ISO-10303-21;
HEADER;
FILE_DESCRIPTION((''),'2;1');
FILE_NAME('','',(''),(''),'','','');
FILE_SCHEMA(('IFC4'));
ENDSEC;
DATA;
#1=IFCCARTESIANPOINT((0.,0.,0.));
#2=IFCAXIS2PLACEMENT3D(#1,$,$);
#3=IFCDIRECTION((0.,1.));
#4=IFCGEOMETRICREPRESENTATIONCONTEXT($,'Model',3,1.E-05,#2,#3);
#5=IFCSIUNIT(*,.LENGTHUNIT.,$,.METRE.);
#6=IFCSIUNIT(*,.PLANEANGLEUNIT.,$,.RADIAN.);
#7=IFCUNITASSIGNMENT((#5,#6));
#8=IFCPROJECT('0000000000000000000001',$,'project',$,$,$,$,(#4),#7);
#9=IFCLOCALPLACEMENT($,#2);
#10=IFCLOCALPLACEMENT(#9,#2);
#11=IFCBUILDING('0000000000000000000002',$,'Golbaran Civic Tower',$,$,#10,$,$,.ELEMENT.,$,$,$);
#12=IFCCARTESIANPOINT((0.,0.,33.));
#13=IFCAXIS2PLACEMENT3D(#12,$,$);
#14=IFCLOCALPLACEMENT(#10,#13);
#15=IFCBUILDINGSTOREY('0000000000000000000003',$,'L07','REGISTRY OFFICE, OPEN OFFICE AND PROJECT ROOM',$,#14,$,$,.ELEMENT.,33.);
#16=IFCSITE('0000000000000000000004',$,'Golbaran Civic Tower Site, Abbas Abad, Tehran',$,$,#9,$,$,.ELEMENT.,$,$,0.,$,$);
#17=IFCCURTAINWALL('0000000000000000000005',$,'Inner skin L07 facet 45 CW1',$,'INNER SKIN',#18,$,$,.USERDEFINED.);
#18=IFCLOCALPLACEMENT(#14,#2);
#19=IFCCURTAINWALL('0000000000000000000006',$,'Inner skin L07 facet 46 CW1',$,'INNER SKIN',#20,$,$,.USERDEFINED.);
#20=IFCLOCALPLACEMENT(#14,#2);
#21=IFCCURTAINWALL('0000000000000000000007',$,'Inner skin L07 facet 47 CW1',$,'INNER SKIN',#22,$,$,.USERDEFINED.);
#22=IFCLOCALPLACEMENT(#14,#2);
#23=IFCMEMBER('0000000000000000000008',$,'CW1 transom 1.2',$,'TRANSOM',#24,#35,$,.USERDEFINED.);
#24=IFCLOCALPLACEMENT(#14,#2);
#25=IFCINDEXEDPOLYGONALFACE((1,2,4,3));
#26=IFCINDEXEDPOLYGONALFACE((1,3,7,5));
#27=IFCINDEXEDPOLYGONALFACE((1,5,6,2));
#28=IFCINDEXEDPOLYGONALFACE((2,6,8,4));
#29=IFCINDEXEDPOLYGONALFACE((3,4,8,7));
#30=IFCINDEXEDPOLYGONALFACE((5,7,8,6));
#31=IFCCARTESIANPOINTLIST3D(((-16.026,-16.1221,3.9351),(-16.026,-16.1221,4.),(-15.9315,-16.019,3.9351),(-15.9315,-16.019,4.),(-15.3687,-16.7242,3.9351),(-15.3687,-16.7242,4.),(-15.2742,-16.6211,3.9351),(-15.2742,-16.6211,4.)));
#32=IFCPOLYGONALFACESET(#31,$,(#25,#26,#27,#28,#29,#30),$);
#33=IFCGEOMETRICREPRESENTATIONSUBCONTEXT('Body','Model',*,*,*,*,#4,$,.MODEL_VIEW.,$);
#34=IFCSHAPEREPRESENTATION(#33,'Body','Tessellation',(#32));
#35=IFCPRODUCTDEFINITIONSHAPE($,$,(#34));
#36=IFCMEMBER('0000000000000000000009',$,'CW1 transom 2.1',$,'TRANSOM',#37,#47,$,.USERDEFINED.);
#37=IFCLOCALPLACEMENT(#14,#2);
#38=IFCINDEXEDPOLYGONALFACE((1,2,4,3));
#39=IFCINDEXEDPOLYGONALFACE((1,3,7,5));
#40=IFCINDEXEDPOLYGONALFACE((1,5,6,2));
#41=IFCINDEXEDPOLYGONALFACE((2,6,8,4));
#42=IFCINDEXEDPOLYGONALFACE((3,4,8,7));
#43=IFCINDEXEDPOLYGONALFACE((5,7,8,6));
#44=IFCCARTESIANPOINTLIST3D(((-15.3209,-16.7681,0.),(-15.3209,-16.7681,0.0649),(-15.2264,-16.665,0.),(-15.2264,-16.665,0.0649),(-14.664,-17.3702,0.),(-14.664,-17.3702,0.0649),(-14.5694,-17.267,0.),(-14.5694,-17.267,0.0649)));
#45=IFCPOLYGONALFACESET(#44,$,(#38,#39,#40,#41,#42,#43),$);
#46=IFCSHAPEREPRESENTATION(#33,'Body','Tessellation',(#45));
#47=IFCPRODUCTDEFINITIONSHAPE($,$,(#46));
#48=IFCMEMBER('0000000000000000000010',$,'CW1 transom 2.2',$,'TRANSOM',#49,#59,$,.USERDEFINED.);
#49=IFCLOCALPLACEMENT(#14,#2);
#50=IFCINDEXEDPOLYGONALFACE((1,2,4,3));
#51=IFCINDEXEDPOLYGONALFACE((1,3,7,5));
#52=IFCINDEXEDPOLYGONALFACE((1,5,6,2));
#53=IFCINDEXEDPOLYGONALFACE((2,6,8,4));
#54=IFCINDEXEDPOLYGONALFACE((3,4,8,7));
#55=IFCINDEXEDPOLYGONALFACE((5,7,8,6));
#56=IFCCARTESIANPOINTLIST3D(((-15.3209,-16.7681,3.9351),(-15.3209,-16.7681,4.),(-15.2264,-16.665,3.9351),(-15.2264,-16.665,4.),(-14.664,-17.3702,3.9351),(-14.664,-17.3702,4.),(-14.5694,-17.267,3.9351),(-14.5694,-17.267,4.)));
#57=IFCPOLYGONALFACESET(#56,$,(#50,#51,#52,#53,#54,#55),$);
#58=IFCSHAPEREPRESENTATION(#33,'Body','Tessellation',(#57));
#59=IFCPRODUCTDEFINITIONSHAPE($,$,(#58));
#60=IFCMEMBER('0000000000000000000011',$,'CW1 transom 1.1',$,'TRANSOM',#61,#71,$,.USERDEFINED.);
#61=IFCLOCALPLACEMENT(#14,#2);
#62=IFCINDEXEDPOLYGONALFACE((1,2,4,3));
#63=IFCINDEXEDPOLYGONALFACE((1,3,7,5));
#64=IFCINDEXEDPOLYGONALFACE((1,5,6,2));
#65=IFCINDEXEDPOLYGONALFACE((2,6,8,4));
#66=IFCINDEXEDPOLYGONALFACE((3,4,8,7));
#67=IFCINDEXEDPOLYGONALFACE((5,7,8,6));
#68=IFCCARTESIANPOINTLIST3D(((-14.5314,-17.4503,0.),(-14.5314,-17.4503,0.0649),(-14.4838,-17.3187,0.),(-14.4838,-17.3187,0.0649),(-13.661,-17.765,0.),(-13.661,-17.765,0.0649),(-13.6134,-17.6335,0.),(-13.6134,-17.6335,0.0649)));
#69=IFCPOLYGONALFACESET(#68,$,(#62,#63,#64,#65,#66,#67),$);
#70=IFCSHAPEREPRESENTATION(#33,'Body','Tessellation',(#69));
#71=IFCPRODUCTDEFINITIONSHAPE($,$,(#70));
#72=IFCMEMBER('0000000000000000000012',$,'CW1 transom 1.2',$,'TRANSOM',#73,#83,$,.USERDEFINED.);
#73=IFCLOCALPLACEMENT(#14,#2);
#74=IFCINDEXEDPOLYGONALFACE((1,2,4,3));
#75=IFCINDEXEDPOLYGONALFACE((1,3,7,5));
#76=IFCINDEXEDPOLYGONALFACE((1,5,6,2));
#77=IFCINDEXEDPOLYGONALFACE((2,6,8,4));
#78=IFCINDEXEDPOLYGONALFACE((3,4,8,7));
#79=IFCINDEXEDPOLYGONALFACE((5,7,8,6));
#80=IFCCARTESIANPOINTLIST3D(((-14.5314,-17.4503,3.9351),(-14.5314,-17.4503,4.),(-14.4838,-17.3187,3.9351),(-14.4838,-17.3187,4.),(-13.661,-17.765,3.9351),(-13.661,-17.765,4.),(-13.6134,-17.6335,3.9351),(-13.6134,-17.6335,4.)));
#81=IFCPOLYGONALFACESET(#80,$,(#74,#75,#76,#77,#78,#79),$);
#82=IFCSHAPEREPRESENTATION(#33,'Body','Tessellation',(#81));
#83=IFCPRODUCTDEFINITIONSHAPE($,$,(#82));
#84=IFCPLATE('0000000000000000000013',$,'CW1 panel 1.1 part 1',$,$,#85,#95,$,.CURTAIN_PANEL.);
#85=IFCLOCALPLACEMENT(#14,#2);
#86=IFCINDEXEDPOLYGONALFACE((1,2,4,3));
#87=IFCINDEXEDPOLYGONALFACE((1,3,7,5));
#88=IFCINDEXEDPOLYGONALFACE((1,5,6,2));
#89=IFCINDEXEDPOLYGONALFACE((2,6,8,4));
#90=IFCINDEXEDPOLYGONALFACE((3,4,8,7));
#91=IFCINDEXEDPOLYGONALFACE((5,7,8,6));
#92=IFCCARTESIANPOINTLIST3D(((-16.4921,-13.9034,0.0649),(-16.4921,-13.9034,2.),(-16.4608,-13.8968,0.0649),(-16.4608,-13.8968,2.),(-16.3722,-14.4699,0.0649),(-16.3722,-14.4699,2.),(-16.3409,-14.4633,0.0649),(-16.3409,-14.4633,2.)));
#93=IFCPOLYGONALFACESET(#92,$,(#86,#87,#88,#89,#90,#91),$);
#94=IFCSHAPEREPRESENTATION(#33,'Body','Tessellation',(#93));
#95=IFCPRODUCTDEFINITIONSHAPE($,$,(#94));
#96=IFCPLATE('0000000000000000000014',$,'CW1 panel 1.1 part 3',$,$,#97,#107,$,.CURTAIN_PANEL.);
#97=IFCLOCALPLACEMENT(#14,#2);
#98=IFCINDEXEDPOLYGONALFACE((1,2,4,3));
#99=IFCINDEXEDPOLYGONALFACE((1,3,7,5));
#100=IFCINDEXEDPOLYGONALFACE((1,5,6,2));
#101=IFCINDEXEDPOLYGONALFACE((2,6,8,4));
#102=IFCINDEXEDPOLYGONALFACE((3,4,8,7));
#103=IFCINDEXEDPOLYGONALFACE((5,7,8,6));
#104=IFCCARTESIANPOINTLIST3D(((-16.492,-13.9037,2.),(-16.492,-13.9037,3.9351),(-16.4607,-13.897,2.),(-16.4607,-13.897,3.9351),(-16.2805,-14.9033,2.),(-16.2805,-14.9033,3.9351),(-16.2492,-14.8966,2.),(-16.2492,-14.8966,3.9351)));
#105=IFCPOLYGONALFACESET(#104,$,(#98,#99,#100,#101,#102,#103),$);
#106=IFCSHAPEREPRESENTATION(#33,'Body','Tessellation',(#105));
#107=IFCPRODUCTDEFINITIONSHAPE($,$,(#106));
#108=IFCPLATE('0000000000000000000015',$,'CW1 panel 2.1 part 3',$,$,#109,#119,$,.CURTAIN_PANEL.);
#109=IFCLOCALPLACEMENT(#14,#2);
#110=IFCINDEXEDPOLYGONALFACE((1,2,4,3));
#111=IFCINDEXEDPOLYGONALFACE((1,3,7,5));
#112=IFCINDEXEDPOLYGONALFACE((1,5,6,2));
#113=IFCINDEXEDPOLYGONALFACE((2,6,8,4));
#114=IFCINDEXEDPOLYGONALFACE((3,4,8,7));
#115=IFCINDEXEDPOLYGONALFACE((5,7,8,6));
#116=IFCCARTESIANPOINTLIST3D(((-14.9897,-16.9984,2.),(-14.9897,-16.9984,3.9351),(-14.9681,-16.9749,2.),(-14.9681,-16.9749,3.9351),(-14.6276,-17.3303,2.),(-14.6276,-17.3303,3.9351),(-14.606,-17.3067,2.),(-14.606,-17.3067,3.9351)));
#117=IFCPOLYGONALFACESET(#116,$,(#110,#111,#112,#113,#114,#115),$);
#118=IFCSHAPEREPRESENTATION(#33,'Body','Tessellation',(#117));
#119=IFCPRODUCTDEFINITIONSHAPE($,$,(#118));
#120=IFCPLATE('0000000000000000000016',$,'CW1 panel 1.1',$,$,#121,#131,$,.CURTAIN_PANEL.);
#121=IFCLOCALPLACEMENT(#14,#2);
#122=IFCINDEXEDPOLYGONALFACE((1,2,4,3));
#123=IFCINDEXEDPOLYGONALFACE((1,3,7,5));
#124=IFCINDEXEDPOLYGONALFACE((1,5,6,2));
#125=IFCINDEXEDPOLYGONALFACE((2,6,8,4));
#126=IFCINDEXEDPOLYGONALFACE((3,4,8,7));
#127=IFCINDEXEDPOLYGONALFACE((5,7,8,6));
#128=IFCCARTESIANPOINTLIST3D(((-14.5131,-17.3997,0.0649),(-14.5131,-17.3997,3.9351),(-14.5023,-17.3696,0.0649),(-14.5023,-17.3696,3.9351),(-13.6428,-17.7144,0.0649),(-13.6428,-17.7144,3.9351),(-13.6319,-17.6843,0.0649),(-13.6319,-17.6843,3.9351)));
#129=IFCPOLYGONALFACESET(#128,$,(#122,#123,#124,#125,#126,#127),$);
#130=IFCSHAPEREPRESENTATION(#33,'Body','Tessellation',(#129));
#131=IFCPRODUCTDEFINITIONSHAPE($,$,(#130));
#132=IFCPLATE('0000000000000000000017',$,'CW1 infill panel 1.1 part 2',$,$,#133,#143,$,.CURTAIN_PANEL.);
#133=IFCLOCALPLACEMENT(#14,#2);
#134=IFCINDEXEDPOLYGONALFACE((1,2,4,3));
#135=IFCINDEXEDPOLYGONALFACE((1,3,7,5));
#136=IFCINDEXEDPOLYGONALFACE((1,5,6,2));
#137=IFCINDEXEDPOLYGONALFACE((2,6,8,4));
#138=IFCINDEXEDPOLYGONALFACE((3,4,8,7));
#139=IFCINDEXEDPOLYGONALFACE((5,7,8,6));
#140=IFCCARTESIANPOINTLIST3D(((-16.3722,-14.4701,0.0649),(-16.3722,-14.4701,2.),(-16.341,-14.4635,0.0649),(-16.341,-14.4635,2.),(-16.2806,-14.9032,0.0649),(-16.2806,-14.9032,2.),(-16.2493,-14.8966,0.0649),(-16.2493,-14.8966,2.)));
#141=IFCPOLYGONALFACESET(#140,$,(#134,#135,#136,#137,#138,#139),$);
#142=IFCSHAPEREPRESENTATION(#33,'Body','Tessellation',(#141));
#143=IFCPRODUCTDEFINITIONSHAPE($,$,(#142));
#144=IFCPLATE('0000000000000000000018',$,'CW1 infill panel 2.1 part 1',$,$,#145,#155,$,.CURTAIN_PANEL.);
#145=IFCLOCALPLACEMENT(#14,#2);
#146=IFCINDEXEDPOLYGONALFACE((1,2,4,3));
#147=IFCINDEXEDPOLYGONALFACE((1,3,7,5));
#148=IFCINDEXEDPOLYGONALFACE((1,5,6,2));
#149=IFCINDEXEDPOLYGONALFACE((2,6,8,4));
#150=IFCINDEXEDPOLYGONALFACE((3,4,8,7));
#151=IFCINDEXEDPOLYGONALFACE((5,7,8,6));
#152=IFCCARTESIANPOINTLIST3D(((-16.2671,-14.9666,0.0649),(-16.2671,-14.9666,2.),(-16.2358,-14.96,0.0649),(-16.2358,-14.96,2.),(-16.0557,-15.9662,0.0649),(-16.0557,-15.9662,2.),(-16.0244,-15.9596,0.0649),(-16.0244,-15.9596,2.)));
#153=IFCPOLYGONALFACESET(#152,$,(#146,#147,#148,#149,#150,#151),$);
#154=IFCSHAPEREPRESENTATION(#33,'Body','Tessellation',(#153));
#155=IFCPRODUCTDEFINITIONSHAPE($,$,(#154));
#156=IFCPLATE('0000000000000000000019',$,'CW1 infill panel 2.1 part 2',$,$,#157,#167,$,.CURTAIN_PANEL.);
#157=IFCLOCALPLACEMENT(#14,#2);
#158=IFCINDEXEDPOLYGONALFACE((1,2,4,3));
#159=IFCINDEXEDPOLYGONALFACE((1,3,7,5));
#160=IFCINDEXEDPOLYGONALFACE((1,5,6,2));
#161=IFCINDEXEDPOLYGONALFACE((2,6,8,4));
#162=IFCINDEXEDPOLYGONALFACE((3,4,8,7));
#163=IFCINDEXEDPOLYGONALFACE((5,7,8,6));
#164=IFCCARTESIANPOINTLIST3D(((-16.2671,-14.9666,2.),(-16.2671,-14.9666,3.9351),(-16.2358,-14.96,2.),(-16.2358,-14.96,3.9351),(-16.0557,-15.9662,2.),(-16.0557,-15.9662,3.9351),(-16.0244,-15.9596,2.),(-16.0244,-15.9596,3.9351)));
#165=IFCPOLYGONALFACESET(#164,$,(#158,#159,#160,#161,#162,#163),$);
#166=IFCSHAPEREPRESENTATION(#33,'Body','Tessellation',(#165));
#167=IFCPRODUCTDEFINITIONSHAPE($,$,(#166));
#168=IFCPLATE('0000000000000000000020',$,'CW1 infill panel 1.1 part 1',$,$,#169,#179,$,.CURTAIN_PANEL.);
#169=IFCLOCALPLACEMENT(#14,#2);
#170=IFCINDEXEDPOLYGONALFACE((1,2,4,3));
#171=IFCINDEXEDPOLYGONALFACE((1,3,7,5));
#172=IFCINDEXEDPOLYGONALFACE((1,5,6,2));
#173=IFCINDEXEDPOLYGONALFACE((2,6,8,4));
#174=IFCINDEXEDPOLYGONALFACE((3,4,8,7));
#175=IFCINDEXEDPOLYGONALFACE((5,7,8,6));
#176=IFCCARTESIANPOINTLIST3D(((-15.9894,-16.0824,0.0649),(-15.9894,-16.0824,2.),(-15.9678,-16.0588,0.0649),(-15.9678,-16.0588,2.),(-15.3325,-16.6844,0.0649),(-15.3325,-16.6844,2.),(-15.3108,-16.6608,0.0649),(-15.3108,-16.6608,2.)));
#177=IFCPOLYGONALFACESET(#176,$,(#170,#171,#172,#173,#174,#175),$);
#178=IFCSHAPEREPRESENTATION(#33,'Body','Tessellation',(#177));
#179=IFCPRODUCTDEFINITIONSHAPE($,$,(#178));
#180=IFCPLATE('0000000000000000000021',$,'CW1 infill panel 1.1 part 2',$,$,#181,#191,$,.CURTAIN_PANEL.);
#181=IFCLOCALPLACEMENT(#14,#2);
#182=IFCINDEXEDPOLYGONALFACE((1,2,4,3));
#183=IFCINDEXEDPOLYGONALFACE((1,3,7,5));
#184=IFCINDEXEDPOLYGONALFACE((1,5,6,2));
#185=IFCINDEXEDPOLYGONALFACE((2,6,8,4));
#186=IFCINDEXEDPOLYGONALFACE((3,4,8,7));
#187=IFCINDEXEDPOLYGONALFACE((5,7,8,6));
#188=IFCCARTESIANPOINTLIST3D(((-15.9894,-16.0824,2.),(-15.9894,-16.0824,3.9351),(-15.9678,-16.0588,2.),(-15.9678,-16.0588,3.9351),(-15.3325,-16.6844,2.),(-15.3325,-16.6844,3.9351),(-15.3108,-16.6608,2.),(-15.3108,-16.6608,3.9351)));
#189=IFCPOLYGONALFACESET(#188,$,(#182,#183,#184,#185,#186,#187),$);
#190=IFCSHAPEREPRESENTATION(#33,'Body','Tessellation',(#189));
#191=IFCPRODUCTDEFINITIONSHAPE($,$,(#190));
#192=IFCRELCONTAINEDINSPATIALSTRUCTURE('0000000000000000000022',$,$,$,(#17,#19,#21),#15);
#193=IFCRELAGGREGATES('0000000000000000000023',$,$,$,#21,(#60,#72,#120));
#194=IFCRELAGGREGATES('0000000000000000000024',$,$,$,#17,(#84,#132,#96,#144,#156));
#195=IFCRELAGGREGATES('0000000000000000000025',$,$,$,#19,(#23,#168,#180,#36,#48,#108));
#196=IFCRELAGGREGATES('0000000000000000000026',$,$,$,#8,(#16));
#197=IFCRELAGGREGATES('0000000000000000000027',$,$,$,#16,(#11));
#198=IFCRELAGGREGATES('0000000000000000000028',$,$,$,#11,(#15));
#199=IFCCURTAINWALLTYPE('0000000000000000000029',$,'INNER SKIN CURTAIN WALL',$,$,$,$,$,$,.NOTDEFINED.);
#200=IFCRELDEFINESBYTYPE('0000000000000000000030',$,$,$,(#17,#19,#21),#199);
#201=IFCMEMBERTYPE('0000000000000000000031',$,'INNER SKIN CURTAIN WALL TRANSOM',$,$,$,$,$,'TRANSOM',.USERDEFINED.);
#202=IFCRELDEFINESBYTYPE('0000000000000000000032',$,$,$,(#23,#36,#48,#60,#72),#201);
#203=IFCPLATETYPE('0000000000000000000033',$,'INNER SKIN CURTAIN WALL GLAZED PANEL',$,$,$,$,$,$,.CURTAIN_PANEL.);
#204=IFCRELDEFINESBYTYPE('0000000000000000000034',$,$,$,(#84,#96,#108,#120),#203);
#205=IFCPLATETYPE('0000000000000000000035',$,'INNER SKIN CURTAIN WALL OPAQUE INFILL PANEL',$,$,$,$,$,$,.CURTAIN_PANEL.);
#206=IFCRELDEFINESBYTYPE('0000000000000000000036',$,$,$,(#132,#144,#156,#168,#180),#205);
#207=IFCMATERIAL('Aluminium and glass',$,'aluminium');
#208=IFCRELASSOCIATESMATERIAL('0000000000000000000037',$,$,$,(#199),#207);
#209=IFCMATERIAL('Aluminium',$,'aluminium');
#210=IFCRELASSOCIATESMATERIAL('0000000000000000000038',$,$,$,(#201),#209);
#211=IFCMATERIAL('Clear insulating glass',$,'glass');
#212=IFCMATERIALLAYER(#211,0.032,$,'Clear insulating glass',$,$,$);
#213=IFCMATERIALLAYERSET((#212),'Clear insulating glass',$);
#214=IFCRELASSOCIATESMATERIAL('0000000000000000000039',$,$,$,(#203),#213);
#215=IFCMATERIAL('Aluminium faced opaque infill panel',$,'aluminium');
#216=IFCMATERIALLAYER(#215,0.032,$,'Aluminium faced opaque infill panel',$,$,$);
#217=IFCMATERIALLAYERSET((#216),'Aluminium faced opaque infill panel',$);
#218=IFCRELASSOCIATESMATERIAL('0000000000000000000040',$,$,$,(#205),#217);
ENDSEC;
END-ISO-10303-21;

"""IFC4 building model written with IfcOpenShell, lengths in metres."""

from ifc_helpers import new_model, si_unit, direction, frame, origin, origin_2d, place, context, subcontext, project, spatial, rectangle, extrude, material, layer, layer_set, material_profile, profile_set, type_object, element, aggregate, save


model = new_model("IFC4")

# Units and contexts
model_context = context("Model", 3, precision=1e-05, world=origin(), true_north=direction((0.0, 1.0)))
body_context = subcontext(model_context, "Body", "Model", "MODEL_VIEW")
ifc_project = project(units=[si_unit("LENGTHUNIT", "METRE"), si_unit("PLANEANGLEUNIT", "RADIAN")], contexts=[model_context])

# Site, building, storey
site_placement = place(None, origin())
site = spatial("IfcSite", under=ifc_project, at=site_placement, Name="Golbaran Civic Tower Site, Abbas Abad, Tehran", CompositionType="ELEMENT", RefElevation=0.0)
building_placement = place(site_placement, origin())
building = spatial("IfcBuilding", under=site, at=building_placement, Name="Golbaran Civic Tower", CompositionType="ELEMENT")
storey_placement = place(building_placement, frame((0.0, 0.0, 33.0)))
storey = spatial("IfcBuildingStorey", under=building, at=storey_placement, Name="L07", Description="REGISTRY OFFICE, OPEN OFFICE AND PROJECT ROOM", CompositionType="ELEMENT", Elevation=33.0)

# Curtain walls
ifc_material_1 = material(Name="Aluminium and glass", Category="aluminium")
curtain_wall_type = type_object("IfcCurtainWallType", Name="INNER SKIN CURTAIN WALL", PredefinedType="NOTDEFINED", material=ifc_material_1)
curtain_wall_1_placement = place(storey_placement, origin())
curtain_wall_1 = element("IfcCurtainWall", 1, at=curtain_wall_1_placement, inside=storey, type_object=curtain_wall_type, Name="Inner skin L07 facet 45 CW1", ObjectType="INNER SKIN", PredefinedType="USERDEFINED")
ifc_material_2 = material(Name="Aluminium", Category="aluminium")
curtain_wall_2_placement = place(storey_placement, origin())
curtain_wall_2 = element("IfcCurtainWall", 2, at=curtain_wall_2_placement, inside=storey, type_object=curtain_wall_type, Name="Inner skin L07 facet 46 CW1", ObjectType="INNER SKIN", PredefinedType="USERDEFINED")

# Curtain wall
curtain_wall_3_placement = place(storey_placement, origin())
curtain_wall_3 = element("IfcCurtainWall", 3, at=curtain_wall_3_placement, inside=storey, type_object=curtain_wall_type, Name="Inner skin L07 facet 47 CW1", ObjectType="INNER SKIN", PredefinedType="USERDEFINED")

# Members
ifc_material_profile_1 = material_profile(ifc_material_2, rectangle(XDim=0.1399, YDim=0.0649, at=origin_2d()), Name="INNER SKIN CURTAIN WALL TRANSOM")
ifc_profile_set_1 = profile_set([ifc_material_profile_1], Name="Aluminium")
member_type_1 = type_object("IfcMemberType", Name="INNER SKIN CURTAIN WALL TRANSOM", ElementType="TRANSOM", PredefinedType="USERDEFINED", material=ifc_profile_set_1)
member_1_placement = place(storey_placement, frame((-15.9788, -16.0706, 3.9675), z_axis=(0.737382, -0.675477, 0.0), x_axis=(0.675477, 0.737382, 0.0)))
member_1 = element("IfcMember", 4, at=member_1_placement, type_object=member_type_1, Name="CW1 transom 1.2", ObjectType="TRANSOM", PredefinedType="USERDEFINED", context=body_context, shape_type="SweptSolid", body=[
    extrude(rectangle(XDim=0.1399, YDim=0.0649, at=origin_2d()), origin(), (0.0, 0.0, 1.0), 0.8914),
])
member_2_placement = place(storey_placement, frame((-15.2737, -16.7166, 0.0325), z_axis=(0.737256, -0.675613, 0.0), x_axis=(0.675613, 0.737256, 0.0)))
member_2 = element("IfcMember", 5, at=member_2_placement, type_object=member_type_1, Name="CW1 transom 2.1", ObjectType="TRANSOM", PredefinedType="USERDEFINED", context=body_context, shape_type="SweptSolid", body=[
    extrude(rectangle(XDim=0.1399, YDim=0.0649, at=origin_2d()), origin(), (0.0, 0.0, 1.0), 0.8911),
])
member_3_placement = place(storey_placement, frame((-15.2737, -16.7166, 3.9675), z_axis=(0.737256, -0.675613, 0.0), x_axis=(0.675613, 0.737256, 0.0)))
member_3 = element("IfcMember", 6, at=member_3_placement, type_object=member_type_1, Name="CW1 transom 2.2", ObjectType="TRANSOM", PredefinedType="USERDEFINED", context=body_context, shape_type="SweptSolid", body=[
    extrude(rectangle(XDim=0.1399, YDim=0.0649, at=origin_2d()), origin(), (0.0, 0.0, 1.0), 0.8911),
])
member_4_placement = place(storey_placement, frame((-14.5076, -17.3845, 0.0325), z_axis=(0.940416, -0.340027, 0.0), x_axis=(0.340027, 0.940416, 0.0)))
member_4 = element("IfcMember", 7, at=member_4_placement, type_object=member_type_1, Name="CW1 transom 1.1", ObjectType="TRANSOM", PredefinedType="USERDEFINED", context=body_context, shape_type="SweptSolid", body=[
    extrude(rectangle(XDim=0.1399, YDim=0.0649, at=origin_2d()), origin(), (0.0, 0.0, 1.0), 0.9255),
])
member_5_placement = place(storey_placement, frame((-14.5076, -17.3845, 3.9675), z_axis=(0.940416, -0.340027, 0.0), x_axis=(0.340027, 0.940416, 0.0)))
member_5 = element("IfcMember", 8, at=member_5_placement, type_object=member_type_1, Name="CW1 transom 1.2", ObjectType="TRANSOM", PredefinedType="USERDEFINED", context=body_context, shape_type="SweptSolid", body=[
    extrude(rectangle(XDim=0.1399, YDim=0.0649, at=origin_2d()), origin(), (0.0, 0.0, 1.0), 0.9255),
])

# Plates
ifc_material_3 = material(Name="Clear insulating glass", Category="glass")
ifc_layer_1 = layer(ifc_material_3, 0.032, Name="Clear insulating glass")
ifc_layer_set_1 = layer_set([ifc_layer_1], Name="Clear insulating glass")
plate_type_1 = type_object("IfcPlateType", Name="INNER SKIN CURTAIN WALL GLAZED PANEL", PredefinedType="CURTAIN_PANEL", material=ifc_layer_set_1)
plate_1_placement = place(storey_placement, frame((-16.4165, -14.1833, 0.0649), z_axis=(0.0, 0.0, 1.0), x_axis=(0.206977, -0.978346, 0.0)))
plate_1 = element("IfcPlate", 9, at=plate_1_placement, type_object=plate_type_1, Name="CW1 panel 1.1 part 1", PredefinedType="CURTAIN_PANEL", context=body_context, shape_type="SweptSolid", body=[
    extrude(rectangle(XDim=0.5791, YDim=0.032, at=origin_2d()), origin(), (0.0, 0.0, 1.0), 1.9351),
])
plate_2_placement = place(storey_placement, frame((-16.3706, -14.4001, 2.0), z_axis=(0.0, 0.0, 1.0), x_axis=(0.206977, -0.978346, 0.0)))
plate_2 = element("IfcPlate", 10, at=plate_2_placement, type_object=plate_type_1, Name="CW1 panel 1.1 part 3", PredefinedType="CURTAIN_PANEL", context=body_context, shape_type="SweptSolid", body=[
    extrude(rectangle(XDim=1.0217, YDim=0.032, at=origin_2d()), origin(), (0.0, 0.0, 1.0), 1.9351),
])
plate_3_placement = place(storey_placement, frame((-14.7979, -17.1526, 2.0), z_axis=(0.0, 0.0, 1.0), x_axis=(0.737277, -0.67559, 0.0)))
plate_3 = element("IfcPlate", 11, at=plate_3_placement, type_object=plate_type_1, Name="CW1 panel 2.1 part 3", PredefinedType="CURTAIN_PANEL", context=body_context, shape_type="SweptSolid", body=[
    extrude(rectangle(XDim=0.4912, YDim=0.032, at=origin_2d()), origin(), (0.0, 0.0, 1.0), 1.9351),
])
plate_4_placement = place(storey_placement, frame((-14.0725, -17.542, 0.0649), z_axis=(0.0, 0.0, 1.0), x_axis=(0.940409, -0.340045, 0.0)))
plate_4 = element("IfcPlate", 12, at=plate_4_placement, type_object=plate_type_1, Name="CW1 panel 1.1", PredefinedType="CURTAIN_PANEL", context=body_context, shape_type="SweptSolid", body=[
    extrude(rectangle(XDim=0.9255, YDim=0.032, at=origin_2d()), origin(), (0.0, 0.0, 1.0), 3.8701),
])
aggregate(curtain_wall_3, [member_4, member_5, plate_4])
ifc_material_4 = material(Name="Aluminium faced opaque infill panel", Category="aluminium")
ifc_layer_2 = layer(ifc_material_4, 0.032, Name="Aluminium faced opaque infill panel")
ifc_layer_set_2 = layer_set([ifc_layer_2], Name="Aluminium faced opaque infill panel")
plate_type_2 = type_object("IfcPlateType", Name="INNER SKIN CURTAIN WALL OPAQUE INFILL PANEL", PredefinedType="CURTAIN_PANEL", material=ifc_layer_set_2)
plate_5_placement = place(storey_placement, frame((-16.3108, -14.6833, 0.0649), z_axis=(0.0, 0.0, 1.0), x_axis=(0.206977, -0.978346, 0.0)))
plate_5 = element("IfcPlate", 13, at=plate_5_placement, type_object=plate_type_2, Name="CW1 infill panel 1.1 part 2", PredefinedType="CURTAIN_PANEL", context=body_context, shape_type="SweptSolid", body=[
    extrude(rectangle(XDim=0.4426, YDim=0.032, at=origin_2d()), origin(), (0.0, 0.0, 1.0), 1.9351),
])
plate_6_placement = place(storey_placement, frame((-16.1458, -15.4631, 0.0649), z_axis=(0.0, 0.0, 1.0), x_axis=(0.206977, -0.978346, 0.0)))
plate_6 = element("IfcPlate", 14, at=plate_6_placement, type_object=plate_type_2, Name="CW1 infill panel 2.1 part 1", PredefinedType="CURTAIN_PANEL", context=body_context, shape_type="SweptSolid", body=[
    extrude(rectangle(XDim=1.0217, YDim=0.032, at=origin_2d()), origin(), (0.0, 0.0, 1.0), 1.9351),
])
plate_7_placement = place(storey_placement, frame((-16.1458, -15.4631, 2.0), z_axis=(0.0, 0.0, 1.0), x_axis=(0.206977, -0.978346, 0.0)))
plate_7 = element("IfcPlate", 15, at=plate_7_placement, type_object=plate_type_2, Name="CW1 infill panel 2.1 part 2", PredefinedType="CURTAIN_PANEL", context=body_context, shape_type="SweptSolid", body=[
    extrude(rectangle(XDim=1.0217, YDim=0.032, at=origin_2d()), origin(), (0.0, 0.0, 1.0), 1.9351),
])
aggregate(curtain_wall_1, [plate_1, plate_5, plate_2, plate_6, plate_7])
plate_8_placement = place(storey_placement, frame((-15.6501, -16.3716, 0.0649), z_axis=(0.0, 0.0, 1.0), x_axis=(0.737277, -0.67559, 0.0)))
plate_8 = element("IfcPlate", 16, at=plate_8_placement, type_object=plate_type_2, Name="CW1 infill panel 1.1 part 1", PredefinedType="CURTAIN_PANEL", context=body_context, shape_type="SweptSolid", body=[
    extrude(rectangle(XDim=0.8911, YDim=0.032, at=origin_2d()), origin(), (0.0, 0.0, 1.0), 1.9351),
])
plate_9_placement = place(storey_placement, frame((-15.6501, -16.3716, 2.0), z_axis=(0.0, 0.0, 1.0), x_axis=(0.737277, -0.67559, 0.0)))
plate_9 = element("IfcPlate", 17, at=plate_9_placement, type_object=plate_type_2, Name="CW1 infill panel 1.1 part 2", PredefinedType="CURTAIN_PANEL", context=body_context, shape_type="SweptSolid", body=[
    extrude(rectangle(XDim=0.8911, YDim=0.032, at=origin_2d()), origin(), (0.0, 0.0, 1.0), 1.9351),
])
aggregate(curtain_wall_2, [member_1, plate_8, plate_9, member_2, member_3, plate_3])

save(model, "model.ifc")
